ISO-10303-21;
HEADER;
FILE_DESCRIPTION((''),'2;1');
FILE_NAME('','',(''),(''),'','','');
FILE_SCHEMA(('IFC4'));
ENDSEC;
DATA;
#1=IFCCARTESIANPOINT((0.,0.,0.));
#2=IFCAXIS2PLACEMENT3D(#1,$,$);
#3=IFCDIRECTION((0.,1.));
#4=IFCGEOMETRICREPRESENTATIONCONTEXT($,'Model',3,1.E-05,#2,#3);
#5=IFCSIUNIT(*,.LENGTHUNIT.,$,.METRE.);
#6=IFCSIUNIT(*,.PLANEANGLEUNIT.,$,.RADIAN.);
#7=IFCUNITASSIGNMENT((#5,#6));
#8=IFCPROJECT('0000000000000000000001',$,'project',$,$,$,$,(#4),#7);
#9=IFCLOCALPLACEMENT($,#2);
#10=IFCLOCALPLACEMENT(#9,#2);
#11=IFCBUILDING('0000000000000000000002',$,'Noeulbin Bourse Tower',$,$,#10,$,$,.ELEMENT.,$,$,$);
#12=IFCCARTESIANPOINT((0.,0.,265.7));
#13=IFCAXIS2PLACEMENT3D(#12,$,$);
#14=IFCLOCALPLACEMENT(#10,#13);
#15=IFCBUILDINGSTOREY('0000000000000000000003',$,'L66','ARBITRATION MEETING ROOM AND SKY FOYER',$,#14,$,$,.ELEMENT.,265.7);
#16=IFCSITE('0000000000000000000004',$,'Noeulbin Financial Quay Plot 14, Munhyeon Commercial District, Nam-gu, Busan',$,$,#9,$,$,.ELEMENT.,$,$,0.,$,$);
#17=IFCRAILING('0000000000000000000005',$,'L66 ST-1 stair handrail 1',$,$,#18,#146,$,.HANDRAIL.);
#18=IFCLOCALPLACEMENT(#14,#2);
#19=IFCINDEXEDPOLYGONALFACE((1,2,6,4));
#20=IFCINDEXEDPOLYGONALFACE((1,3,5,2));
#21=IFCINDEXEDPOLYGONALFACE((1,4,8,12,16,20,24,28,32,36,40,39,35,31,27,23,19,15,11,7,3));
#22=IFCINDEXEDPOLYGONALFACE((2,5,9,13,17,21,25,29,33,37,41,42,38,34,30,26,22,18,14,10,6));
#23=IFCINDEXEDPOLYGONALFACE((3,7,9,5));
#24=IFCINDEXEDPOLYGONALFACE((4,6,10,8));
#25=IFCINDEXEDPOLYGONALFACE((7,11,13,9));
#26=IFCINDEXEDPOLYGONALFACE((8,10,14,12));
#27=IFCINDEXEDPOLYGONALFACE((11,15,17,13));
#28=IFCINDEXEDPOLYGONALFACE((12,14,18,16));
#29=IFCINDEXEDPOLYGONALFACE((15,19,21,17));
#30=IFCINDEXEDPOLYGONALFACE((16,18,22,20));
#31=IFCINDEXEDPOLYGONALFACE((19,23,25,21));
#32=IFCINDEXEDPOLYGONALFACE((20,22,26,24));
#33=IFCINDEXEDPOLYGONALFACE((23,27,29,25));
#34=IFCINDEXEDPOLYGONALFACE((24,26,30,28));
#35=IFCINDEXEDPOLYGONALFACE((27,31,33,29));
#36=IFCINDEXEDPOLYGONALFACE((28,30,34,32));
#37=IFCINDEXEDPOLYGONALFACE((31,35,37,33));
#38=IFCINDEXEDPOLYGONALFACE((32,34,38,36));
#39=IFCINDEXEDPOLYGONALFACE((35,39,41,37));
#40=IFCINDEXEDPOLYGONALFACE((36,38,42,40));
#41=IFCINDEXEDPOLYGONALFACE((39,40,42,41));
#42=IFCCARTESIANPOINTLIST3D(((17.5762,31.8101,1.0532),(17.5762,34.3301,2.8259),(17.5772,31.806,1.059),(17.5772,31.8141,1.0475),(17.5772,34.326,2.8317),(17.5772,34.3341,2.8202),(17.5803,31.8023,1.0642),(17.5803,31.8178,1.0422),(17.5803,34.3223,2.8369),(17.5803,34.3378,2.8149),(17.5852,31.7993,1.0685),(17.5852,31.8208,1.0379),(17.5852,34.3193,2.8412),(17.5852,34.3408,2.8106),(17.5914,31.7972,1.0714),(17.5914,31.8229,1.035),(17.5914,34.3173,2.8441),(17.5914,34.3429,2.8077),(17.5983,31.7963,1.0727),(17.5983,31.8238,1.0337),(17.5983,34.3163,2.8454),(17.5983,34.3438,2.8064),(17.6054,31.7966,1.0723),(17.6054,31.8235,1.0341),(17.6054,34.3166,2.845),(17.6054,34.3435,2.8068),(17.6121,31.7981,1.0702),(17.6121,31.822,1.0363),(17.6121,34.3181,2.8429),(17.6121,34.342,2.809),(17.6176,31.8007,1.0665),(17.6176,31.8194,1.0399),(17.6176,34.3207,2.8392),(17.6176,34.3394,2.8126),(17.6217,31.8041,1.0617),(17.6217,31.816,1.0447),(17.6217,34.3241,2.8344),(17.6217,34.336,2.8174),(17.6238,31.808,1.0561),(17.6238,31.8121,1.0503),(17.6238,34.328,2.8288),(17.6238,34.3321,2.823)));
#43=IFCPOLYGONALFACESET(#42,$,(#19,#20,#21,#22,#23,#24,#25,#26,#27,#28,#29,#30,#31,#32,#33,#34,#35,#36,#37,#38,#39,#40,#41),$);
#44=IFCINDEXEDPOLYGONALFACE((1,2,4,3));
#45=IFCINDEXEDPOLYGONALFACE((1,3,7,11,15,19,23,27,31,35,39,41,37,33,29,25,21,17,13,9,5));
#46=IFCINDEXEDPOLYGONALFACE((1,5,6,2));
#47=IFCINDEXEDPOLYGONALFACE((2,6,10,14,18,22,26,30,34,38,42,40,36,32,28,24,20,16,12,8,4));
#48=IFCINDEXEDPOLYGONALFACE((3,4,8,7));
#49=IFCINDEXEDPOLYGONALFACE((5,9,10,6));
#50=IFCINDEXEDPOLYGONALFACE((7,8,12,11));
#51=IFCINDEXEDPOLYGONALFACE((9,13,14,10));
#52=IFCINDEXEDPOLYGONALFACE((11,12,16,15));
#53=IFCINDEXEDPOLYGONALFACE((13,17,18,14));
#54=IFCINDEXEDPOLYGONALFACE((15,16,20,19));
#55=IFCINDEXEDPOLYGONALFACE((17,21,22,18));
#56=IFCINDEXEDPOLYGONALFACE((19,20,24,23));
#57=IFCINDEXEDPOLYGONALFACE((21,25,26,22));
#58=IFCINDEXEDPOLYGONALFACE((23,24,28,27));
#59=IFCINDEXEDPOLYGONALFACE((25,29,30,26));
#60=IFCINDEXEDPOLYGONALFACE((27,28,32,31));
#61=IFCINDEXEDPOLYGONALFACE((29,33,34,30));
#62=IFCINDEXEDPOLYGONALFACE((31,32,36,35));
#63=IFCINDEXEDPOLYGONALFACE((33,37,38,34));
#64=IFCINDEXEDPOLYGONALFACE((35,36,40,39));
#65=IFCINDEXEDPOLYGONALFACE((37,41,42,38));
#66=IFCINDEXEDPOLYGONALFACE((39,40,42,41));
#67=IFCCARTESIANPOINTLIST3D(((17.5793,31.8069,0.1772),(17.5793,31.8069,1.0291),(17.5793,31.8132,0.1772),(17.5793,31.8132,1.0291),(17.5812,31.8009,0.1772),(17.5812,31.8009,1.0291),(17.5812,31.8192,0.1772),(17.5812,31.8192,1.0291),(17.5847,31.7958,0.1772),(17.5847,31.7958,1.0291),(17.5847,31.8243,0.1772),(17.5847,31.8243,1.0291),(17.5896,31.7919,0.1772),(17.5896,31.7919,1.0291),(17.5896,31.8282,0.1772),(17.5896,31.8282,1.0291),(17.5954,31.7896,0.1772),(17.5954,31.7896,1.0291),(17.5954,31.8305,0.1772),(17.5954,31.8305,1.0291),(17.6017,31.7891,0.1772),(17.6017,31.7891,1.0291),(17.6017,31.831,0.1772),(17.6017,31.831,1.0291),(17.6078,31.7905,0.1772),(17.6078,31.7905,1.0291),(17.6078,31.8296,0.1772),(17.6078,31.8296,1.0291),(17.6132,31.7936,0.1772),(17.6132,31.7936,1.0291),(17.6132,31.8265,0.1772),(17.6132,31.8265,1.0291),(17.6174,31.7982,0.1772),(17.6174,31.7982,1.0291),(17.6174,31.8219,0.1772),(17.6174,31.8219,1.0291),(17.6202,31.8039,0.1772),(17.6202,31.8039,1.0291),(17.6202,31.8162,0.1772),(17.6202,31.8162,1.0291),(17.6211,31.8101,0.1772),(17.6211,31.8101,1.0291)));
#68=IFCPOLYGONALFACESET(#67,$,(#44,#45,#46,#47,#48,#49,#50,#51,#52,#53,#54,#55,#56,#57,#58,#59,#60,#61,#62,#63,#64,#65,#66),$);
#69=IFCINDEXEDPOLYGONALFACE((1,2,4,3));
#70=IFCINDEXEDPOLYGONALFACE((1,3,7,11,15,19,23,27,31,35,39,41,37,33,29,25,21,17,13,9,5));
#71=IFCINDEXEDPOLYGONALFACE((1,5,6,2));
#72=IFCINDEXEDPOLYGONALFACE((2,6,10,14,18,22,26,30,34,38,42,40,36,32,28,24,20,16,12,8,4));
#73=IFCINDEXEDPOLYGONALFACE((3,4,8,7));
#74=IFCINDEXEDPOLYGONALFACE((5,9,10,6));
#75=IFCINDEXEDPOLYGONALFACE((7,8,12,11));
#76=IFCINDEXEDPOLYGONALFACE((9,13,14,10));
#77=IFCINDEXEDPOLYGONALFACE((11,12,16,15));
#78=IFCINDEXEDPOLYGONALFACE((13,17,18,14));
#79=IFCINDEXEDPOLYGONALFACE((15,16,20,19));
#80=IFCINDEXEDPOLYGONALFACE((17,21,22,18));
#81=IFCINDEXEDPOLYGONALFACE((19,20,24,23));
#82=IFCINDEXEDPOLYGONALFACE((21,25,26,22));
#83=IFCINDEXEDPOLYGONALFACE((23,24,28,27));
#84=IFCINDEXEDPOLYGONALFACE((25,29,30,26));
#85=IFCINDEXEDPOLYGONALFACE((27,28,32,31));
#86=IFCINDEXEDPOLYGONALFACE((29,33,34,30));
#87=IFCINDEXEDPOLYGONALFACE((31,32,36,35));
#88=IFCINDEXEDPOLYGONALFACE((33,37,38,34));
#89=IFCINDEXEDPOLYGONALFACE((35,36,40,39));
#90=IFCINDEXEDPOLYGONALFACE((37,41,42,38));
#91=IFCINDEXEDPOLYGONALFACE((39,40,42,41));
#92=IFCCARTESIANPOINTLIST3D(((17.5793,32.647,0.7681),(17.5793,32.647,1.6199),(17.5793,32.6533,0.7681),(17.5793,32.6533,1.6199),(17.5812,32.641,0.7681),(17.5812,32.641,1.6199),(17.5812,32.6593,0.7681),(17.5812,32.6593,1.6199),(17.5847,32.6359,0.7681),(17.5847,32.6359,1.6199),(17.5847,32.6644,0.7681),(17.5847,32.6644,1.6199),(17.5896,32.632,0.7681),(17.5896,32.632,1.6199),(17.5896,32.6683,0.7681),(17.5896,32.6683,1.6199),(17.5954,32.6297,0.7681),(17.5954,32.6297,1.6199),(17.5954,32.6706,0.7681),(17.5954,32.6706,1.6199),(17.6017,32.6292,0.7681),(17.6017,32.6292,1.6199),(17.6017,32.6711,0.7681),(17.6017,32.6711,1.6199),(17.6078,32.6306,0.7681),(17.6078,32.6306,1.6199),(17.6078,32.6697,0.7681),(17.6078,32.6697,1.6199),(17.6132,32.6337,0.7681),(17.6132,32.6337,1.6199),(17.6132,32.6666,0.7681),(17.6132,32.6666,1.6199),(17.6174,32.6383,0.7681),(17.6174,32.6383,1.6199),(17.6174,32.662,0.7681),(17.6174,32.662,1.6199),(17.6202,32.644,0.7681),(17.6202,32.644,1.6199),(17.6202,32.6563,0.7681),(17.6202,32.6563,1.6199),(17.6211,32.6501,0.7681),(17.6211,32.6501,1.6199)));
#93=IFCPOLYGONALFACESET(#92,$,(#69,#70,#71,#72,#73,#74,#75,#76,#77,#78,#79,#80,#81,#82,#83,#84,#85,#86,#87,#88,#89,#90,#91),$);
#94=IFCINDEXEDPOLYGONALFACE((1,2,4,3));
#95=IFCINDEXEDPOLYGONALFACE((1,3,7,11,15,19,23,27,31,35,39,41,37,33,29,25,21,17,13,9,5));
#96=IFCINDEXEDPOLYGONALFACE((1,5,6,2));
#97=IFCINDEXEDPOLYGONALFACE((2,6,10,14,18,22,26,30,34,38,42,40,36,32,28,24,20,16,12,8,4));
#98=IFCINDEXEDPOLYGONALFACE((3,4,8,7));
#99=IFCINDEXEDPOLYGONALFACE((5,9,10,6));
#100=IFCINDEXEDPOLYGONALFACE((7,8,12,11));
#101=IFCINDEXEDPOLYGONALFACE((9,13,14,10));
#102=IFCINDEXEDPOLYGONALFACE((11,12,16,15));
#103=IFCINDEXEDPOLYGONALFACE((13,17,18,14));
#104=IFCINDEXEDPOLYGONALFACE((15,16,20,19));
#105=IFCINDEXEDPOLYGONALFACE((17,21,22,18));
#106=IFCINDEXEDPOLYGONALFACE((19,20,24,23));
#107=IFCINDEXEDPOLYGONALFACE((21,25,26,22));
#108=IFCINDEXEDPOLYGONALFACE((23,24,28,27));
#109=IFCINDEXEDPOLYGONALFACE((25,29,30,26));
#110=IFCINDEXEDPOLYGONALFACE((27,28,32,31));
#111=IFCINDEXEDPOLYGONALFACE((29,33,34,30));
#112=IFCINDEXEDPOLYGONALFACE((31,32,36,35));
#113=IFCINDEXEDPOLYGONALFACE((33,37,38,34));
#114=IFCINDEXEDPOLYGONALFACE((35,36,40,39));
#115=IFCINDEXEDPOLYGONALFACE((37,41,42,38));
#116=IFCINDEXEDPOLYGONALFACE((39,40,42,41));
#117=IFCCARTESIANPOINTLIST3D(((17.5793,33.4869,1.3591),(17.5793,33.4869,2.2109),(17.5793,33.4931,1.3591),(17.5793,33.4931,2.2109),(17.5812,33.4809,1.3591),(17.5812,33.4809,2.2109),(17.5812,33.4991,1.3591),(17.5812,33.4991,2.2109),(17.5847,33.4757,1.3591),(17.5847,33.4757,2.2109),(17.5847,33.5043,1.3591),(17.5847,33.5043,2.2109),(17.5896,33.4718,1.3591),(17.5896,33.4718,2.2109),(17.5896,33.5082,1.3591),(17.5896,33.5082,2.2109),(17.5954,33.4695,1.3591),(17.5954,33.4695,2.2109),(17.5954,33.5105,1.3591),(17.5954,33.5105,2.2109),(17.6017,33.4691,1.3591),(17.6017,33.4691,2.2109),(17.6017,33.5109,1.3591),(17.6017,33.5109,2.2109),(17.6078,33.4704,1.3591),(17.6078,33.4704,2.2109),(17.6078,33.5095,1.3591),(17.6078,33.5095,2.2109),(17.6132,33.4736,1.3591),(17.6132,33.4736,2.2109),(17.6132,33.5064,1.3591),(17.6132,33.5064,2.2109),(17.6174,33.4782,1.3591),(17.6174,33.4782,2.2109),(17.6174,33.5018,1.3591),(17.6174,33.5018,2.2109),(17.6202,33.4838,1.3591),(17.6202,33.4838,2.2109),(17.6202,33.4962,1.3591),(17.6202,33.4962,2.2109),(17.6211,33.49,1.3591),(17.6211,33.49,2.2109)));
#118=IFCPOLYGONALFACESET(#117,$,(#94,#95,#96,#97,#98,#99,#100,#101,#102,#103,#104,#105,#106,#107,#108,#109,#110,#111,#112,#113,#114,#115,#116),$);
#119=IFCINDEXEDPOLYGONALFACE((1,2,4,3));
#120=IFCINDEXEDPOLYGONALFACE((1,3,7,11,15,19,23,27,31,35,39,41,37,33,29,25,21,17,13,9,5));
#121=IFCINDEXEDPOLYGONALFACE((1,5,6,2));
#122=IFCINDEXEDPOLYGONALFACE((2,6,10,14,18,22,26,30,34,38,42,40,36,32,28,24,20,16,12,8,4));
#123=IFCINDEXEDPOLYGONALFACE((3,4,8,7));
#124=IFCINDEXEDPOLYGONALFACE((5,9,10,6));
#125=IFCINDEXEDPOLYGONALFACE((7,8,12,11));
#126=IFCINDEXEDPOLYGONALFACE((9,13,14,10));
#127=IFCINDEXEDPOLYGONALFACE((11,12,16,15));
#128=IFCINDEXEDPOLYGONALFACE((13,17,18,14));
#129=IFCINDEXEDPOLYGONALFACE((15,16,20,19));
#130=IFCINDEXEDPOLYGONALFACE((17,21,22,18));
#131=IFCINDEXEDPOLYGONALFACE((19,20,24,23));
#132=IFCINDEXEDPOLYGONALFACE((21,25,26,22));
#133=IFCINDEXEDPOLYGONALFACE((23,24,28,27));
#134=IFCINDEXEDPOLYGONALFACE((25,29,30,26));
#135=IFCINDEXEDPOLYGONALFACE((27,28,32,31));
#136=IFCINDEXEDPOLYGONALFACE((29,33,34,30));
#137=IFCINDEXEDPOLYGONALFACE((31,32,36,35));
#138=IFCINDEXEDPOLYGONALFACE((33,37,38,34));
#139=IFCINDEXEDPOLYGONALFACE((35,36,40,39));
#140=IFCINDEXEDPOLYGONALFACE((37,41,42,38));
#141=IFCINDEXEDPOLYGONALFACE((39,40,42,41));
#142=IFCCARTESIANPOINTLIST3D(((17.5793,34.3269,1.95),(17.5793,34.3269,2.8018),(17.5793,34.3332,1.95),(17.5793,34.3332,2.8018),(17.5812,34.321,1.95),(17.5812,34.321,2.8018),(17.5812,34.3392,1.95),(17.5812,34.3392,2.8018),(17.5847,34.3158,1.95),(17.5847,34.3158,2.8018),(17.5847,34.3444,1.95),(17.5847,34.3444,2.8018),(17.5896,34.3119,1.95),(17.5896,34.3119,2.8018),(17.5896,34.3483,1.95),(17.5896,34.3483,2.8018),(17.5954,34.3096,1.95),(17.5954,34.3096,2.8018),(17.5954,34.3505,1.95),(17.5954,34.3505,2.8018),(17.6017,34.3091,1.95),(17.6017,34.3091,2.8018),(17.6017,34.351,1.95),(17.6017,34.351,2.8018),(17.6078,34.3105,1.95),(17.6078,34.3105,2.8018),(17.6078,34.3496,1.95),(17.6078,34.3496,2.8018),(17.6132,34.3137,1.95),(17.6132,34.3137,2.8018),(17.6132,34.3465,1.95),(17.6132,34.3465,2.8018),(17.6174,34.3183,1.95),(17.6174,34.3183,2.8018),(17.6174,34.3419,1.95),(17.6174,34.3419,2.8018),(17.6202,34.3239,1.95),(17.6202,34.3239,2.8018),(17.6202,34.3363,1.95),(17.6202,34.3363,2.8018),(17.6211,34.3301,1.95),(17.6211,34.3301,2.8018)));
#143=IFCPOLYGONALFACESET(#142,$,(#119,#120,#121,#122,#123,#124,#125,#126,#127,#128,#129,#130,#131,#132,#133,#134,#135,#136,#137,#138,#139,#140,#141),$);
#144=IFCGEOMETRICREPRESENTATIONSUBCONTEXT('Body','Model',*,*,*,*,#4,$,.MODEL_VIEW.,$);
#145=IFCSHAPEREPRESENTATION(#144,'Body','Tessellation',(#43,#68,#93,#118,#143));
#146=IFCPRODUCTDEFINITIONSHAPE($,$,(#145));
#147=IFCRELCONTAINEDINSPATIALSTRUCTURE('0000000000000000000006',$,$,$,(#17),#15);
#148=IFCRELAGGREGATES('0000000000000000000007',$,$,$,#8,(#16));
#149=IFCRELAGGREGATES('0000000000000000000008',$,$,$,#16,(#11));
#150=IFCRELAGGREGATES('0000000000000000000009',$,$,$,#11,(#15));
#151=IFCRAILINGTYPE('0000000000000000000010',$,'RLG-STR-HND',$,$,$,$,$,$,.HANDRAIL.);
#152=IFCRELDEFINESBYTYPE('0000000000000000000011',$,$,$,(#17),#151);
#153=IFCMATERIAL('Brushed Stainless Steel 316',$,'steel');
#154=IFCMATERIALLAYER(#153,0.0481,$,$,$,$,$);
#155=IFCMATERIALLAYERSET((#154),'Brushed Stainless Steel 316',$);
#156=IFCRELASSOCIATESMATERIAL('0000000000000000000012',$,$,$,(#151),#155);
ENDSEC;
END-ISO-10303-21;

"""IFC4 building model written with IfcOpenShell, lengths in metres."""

from ifc_helpers import new_model, si_unit, direction, frame, origin, origin_2d, place, context, subcontext, project, spatial, circle, extrude, material, layer, layer_set, type_object, element, save


model = new_model("IFC4")

# Units and contexts
model_context = context("Model", 3, precision=1e-05, world=origin(), true_north=direction((0.0, 1.0)))
body_context = subcontext(model_context, "Body", "Model", "MODEL_VIEW")
ifc_project = project(units=[si_unit("LENGTHUNIT", "METRE"), si_unit("PLANEANGLEUNIT", "RADIAN")], contexts=[model_context])

# Site, building, storey
site_placement = place(None, origin())
site = spatial("IfcSite", under=ifc_project, at=site_placement, Name="Noeulbin Financial Quay Plot 14, Munhyeon Commercial District, Nam-gu, Busan", CompositionType="ELEMENT", RefElevation=0.0)
building_placement = place(site_placement, origin())
building = spatial("IfcBuilding", under=site, at=building_placement, Name="Noeulbin Bourse Tower", CompositionType="ELEMENT")
storey_placement = place(building_placement, frame((0.0, 0.0, 265.7)))
storey = spatial("IfcBuildingStorey", under=building, at=storey_placement, Name="L66", Description="ARBITRATION MEETING ROOM AND SKY FOYER", CompositionType="ELEMENT", Elevation=265.7)

# Shared definitions
ifc_material_1 = material(Name="Brushed Stainless Steel 316", Category="steel")

# Railing
ifc_layer_1 = layer(ifc_material_1, 0.0481)
ifc_layer_set_1 = layer_set([ifc_layer_1], Name="Brushed Stainless Steel 316")
railing_type_1 = type_object("IfcRailingType", Name="RLG-STR-HND", PredefinedType="HANDRAIL", material=ifc_layer_set_1)
railing_1_placement = place(storey_placement, frame((17.6001, 31.8101, 0.1772)))
element("IfcRailing", 1, at=railing_1_placement, inside=storey, type_object=railing_type_1, Name="L66 ST-1 stair handrail 1", PredefinedType="HANDRAIL", context=body_context, shape_type="SweptSolid", body=[
    extrude(circle(Radius=0.0239, at=origin_2d()), frame((0.0, 0.0, 0.876), z_axis=(0.0, 0.817904, 0.575354), x_axis=(-1.0, 0.0, 0.0)), (0.0, 0.0, 1.0), 3.0811),
    extrude(circle(Radius=0.021, at=origin_2d()), origin(), (0.0, 0.0, 1.0), 0.8518),
    extrude(circle(Radius=0.021, at=origin_2d()), frame((0.0, 0.8401, 0.5908)), (0.0, 0.0, 1.0), 0.8518),
    extrude(circle(Radius=0.021, at=origin_2d()), frame((0.0, 1.6799, 1.1819)), (0.0, 0.0, 1.0), 0.8518),
    extrude(circle(Radius=0.021, at=origin_2d()), frame((0.0, 2.52, 1.7727)), (0.0, 0.0, 1.0), 0.8518),
])

save(model, "model.ifc")
